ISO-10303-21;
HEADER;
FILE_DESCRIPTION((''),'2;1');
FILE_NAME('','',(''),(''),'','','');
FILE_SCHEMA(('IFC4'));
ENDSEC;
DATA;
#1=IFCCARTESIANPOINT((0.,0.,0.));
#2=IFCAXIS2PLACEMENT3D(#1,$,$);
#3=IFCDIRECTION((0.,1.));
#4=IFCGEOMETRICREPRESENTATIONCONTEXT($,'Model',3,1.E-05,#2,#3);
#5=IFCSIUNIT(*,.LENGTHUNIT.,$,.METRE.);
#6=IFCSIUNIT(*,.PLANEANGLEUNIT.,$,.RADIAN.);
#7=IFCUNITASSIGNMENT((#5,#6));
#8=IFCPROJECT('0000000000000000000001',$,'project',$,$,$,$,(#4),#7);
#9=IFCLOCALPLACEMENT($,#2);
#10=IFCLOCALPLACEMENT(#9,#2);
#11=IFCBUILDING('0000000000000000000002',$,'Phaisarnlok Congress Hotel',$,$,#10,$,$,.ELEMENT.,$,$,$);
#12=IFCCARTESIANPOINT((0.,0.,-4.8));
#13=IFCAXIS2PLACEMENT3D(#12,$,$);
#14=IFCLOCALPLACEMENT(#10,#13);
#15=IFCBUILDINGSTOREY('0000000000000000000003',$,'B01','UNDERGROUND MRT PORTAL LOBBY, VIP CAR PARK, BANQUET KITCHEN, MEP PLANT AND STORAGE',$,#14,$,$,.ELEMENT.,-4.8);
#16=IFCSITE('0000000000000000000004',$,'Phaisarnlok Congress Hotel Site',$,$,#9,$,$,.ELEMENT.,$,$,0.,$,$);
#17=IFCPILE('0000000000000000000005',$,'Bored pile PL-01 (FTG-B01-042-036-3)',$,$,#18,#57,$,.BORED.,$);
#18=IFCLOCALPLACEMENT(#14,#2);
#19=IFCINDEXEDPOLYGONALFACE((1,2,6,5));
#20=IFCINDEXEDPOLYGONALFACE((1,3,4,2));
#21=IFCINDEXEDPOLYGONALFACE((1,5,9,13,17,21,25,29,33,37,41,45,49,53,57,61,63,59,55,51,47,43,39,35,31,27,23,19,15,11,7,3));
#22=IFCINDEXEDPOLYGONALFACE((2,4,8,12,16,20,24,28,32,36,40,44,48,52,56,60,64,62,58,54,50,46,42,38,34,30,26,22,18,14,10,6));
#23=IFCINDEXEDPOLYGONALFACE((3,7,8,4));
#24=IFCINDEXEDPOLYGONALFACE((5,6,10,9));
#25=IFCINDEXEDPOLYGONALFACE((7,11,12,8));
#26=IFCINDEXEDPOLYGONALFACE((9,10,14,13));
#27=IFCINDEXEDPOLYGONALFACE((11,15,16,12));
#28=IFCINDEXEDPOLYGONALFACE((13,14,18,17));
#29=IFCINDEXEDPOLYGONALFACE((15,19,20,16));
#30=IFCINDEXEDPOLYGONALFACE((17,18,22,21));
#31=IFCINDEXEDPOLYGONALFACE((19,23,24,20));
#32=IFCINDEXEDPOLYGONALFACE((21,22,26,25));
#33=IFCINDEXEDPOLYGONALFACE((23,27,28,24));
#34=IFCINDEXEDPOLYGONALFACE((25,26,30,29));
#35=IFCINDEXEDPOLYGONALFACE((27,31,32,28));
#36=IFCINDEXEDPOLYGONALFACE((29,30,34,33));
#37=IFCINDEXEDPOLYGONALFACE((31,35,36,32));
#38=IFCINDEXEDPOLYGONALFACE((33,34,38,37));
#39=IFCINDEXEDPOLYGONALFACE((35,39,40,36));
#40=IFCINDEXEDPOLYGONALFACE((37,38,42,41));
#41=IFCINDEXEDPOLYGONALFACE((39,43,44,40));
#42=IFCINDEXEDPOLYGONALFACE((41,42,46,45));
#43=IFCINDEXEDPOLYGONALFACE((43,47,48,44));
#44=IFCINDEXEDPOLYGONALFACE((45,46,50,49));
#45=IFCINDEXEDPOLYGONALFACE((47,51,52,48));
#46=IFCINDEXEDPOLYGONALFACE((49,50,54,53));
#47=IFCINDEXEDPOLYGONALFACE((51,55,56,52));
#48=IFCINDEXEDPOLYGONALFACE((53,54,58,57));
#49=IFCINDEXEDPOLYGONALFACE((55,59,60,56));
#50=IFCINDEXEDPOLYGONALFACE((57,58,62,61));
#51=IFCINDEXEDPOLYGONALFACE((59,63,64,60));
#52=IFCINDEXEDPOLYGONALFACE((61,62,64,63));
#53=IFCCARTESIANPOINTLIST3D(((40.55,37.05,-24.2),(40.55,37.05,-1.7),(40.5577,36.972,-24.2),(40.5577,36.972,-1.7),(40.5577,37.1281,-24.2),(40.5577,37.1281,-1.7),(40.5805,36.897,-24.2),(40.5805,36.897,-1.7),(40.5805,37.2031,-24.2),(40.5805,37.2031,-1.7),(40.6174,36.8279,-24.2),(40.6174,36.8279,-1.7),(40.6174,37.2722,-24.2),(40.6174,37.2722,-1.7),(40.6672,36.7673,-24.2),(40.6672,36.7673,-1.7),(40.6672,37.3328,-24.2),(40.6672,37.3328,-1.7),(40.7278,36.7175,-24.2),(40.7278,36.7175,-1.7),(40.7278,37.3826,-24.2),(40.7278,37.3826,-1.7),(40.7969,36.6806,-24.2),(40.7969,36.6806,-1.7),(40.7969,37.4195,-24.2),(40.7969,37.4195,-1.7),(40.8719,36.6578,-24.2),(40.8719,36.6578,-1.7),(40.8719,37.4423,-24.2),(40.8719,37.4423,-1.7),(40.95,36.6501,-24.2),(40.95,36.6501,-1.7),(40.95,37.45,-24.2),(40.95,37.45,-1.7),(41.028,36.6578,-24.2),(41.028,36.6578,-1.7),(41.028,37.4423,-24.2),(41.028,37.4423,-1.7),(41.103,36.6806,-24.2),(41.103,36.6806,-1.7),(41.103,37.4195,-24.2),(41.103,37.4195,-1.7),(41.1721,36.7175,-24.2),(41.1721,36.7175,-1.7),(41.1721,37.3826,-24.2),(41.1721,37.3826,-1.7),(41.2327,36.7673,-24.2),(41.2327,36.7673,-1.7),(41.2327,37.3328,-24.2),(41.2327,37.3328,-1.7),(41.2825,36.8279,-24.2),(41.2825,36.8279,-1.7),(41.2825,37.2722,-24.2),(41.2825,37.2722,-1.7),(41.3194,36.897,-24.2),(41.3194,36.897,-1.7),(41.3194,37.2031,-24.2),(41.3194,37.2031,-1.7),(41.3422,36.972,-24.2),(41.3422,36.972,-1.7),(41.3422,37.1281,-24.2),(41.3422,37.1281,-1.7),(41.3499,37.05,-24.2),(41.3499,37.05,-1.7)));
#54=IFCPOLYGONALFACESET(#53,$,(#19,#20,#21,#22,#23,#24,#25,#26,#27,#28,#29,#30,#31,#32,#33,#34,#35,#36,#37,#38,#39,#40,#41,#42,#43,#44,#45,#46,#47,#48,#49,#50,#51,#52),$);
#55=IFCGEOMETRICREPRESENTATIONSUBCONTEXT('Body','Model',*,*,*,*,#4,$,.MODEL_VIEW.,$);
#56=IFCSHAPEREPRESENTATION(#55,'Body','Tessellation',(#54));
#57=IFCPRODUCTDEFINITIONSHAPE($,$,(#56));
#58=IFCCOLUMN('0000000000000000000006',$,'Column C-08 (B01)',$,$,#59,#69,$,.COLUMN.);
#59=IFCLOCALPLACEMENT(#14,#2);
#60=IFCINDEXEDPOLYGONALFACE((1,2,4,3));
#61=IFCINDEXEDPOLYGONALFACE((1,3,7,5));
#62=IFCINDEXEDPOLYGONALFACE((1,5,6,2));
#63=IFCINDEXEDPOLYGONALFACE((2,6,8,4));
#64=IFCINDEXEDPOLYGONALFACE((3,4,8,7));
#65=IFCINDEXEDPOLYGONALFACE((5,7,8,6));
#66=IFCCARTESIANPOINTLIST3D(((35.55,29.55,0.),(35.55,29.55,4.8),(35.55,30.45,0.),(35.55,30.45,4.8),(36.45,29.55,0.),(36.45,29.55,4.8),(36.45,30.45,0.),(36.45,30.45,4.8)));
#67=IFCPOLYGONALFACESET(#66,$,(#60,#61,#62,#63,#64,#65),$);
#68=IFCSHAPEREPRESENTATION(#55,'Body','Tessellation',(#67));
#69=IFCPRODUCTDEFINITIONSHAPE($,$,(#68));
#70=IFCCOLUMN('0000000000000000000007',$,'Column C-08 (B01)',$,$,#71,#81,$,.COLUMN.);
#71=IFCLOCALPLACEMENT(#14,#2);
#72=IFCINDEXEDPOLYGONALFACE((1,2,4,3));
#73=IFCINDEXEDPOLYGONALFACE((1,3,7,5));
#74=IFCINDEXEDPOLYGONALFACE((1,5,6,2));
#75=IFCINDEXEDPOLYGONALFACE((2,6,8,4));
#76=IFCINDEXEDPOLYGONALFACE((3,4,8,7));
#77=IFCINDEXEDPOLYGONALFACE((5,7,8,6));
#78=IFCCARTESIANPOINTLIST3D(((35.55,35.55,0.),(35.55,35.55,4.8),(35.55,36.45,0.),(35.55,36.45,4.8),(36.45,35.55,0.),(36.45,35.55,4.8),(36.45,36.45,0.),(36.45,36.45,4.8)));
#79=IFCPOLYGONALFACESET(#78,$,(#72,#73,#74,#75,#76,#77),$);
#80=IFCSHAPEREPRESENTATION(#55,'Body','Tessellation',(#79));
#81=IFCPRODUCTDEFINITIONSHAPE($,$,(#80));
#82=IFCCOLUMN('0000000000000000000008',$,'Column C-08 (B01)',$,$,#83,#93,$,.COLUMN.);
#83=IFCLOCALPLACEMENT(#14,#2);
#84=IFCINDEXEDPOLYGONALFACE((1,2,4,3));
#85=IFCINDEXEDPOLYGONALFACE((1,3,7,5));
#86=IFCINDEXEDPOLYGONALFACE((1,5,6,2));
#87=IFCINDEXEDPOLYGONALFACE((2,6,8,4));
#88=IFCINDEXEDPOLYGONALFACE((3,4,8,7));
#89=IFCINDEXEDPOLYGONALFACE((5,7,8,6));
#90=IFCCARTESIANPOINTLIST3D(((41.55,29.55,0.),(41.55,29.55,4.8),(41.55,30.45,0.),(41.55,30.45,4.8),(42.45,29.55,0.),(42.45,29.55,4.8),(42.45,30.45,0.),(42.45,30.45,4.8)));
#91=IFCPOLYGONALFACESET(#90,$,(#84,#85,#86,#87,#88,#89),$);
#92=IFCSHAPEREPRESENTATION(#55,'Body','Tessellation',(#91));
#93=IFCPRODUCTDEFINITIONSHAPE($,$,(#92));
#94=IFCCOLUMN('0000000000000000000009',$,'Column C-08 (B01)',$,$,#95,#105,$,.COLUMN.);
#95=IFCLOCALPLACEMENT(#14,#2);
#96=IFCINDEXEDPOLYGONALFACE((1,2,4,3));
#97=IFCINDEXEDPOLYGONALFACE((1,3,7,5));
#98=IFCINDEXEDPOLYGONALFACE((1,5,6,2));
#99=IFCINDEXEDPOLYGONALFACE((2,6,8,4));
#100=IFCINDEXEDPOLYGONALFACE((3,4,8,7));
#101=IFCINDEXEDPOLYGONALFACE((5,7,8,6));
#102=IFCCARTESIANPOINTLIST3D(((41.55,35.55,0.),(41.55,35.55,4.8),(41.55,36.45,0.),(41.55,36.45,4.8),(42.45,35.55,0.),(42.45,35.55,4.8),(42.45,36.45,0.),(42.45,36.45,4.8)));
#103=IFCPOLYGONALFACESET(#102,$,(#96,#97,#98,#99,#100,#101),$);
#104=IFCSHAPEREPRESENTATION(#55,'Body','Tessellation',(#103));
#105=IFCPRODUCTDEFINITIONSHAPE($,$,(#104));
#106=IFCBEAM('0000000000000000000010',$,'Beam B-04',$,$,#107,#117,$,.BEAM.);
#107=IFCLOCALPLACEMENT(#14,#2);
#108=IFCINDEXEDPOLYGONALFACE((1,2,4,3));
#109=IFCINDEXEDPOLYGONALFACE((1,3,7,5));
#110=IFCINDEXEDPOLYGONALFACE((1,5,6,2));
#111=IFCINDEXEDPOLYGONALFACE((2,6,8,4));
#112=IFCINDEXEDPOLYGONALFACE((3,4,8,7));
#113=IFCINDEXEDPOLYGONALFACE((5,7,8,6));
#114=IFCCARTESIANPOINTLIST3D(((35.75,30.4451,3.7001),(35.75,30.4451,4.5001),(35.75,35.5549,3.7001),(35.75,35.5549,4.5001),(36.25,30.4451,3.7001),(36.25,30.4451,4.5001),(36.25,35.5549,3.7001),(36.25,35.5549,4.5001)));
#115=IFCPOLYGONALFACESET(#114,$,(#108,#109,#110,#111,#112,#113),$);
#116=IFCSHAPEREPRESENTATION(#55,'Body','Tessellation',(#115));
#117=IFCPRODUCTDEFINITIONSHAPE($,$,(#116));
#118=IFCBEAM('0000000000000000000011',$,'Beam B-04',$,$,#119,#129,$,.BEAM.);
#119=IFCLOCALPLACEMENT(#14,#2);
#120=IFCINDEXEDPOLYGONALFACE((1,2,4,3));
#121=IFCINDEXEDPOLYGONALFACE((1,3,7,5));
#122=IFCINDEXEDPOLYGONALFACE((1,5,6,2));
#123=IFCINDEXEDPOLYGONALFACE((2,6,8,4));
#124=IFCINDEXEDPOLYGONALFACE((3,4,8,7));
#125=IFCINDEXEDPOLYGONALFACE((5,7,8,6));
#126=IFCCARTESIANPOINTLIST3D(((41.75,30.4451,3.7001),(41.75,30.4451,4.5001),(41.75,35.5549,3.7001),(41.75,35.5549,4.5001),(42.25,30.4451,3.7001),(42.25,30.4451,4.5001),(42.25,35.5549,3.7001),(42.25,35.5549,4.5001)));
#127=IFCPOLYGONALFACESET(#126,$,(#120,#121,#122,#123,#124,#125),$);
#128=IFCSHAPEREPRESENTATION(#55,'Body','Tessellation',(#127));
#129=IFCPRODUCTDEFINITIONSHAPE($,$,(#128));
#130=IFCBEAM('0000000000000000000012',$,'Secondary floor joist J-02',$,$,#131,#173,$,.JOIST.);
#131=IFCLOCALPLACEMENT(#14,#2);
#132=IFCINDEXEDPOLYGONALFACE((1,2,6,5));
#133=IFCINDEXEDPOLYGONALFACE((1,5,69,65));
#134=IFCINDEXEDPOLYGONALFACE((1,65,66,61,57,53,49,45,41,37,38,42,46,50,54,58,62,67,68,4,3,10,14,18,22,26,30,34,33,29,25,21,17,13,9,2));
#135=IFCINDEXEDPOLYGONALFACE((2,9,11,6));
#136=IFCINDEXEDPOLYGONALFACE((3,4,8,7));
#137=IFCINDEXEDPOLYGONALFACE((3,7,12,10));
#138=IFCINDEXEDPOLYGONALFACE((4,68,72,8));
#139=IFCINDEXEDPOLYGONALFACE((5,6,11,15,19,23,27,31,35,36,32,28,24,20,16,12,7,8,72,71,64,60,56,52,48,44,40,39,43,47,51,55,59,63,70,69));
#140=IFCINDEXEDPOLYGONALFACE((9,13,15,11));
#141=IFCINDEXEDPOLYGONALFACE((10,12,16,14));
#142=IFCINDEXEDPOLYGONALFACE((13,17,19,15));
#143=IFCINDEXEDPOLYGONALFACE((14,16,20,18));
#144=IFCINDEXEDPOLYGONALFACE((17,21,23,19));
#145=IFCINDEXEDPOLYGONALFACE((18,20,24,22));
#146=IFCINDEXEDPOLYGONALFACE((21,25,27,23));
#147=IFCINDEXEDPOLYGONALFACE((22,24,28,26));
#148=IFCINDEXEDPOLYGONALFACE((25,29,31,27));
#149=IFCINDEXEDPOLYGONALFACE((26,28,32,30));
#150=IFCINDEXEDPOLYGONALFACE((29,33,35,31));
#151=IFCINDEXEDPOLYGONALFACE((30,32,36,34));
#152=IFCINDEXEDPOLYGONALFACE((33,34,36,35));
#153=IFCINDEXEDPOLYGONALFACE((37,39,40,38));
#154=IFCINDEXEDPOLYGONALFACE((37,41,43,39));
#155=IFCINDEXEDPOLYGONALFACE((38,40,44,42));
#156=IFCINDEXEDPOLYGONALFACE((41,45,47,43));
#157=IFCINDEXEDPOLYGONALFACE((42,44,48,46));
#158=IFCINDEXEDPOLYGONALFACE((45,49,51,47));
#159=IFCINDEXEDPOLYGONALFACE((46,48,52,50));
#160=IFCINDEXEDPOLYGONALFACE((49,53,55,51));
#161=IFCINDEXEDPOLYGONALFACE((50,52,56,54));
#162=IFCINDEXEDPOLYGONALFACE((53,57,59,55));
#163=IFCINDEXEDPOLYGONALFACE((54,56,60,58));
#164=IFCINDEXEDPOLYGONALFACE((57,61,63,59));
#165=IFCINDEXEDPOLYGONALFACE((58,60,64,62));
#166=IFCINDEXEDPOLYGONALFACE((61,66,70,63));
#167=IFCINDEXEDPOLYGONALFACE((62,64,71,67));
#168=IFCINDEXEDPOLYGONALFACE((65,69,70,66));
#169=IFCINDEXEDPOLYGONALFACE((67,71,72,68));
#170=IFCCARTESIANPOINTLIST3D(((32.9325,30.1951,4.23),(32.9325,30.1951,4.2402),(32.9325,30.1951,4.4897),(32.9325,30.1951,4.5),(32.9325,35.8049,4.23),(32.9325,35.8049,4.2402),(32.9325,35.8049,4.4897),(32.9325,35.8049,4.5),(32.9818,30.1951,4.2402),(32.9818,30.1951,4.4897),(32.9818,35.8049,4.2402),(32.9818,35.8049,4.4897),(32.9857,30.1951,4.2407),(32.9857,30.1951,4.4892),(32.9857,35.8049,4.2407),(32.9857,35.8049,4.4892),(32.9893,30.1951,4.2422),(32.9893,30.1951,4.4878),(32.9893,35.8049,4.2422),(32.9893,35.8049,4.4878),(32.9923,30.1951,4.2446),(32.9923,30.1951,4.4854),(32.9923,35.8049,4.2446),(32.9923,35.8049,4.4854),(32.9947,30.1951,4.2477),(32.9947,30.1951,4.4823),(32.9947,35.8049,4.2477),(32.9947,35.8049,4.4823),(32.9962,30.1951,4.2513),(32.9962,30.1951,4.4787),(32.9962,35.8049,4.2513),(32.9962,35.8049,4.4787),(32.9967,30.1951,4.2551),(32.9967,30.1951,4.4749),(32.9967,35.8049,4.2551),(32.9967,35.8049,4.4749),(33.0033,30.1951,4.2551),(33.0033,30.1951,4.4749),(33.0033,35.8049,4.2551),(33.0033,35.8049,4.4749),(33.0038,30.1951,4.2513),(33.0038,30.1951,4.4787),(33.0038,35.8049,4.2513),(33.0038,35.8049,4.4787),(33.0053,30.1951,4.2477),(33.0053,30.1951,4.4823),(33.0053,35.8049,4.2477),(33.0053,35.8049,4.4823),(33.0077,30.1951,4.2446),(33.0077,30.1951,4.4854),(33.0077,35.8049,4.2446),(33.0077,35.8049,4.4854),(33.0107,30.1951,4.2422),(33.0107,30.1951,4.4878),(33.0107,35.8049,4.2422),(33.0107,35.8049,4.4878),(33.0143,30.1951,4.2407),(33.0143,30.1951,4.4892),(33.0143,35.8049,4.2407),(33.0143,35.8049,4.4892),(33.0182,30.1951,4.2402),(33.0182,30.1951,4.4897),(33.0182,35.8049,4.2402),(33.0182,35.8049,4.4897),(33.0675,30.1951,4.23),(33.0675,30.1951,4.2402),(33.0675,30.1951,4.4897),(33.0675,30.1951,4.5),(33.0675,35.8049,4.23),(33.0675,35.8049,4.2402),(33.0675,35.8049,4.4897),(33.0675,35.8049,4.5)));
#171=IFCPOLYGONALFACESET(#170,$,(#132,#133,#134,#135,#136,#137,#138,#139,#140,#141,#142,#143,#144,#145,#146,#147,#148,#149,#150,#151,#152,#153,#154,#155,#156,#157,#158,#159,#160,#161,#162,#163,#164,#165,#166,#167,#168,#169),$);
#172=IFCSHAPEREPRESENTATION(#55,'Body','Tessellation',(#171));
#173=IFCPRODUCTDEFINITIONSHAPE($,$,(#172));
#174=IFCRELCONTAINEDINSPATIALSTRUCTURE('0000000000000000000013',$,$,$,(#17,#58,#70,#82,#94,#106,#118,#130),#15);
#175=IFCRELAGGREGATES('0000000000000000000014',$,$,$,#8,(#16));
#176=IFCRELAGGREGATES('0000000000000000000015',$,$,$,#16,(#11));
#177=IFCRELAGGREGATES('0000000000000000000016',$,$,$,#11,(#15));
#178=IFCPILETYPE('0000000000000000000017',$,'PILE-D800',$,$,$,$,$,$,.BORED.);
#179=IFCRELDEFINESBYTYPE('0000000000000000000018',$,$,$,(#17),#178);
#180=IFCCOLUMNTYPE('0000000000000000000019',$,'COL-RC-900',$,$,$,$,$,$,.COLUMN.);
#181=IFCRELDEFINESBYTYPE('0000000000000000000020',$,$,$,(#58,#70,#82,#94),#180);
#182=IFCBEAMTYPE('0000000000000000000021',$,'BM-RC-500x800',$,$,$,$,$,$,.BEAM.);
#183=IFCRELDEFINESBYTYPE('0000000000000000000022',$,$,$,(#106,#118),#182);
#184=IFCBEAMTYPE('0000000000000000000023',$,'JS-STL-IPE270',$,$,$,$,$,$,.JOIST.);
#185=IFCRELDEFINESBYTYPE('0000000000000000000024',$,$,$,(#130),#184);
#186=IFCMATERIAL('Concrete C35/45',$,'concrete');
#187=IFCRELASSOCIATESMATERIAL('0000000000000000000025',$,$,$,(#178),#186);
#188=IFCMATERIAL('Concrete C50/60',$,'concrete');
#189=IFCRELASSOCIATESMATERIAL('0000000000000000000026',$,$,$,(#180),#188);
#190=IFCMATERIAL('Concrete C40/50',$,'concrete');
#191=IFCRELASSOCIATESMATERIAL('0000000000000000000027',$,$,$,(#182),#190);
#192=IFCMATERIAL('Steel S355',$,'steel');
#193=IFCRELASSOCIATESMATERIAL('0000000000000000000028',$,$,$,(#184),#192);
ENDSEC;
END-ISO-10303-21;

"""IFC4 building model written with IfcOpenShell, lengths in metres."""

from ifc_helpers import new_model, si_unit, direction, frame, origin, origin_2d, place, context, subcontext, project, spatial, rectangle, circle, i_section, extrude, material, material_profile, profile_set, type_object, element, save


model = new_model("IFC4")

# Units and contexts
model_context = context("Model", 3, precision=1e-05, world=origin(), true_north=direction((0.0, 1.0)))
body_context = subcontext(model_context, "Body", "Model", "MODEL_VIEW")
ifc_project = project(units=[si_unit("LENGTHUNIT", "METRE"), si_unit("PLANEANGLEUNIT", "RADIAN")], contexts=[model_context])

# Site, building, storey
site_placement = place(None, origin())
site = spatial("IfcSite", under=ifc_project, at=site_placement, Name="Phaisarnlok Congress Hotel Site", CompositionType="ELEMENT", RefElevation=0.0)
building_placement = place(site_placement, origin())
building = spatial("IfcBuilding", under=site, at=building_placement, Name="Phaisarnlok Congress Hotel", CompositionType="ELEMENT")
storey_placement = place(building_placement, frame((0.0, 0.0, -4.8)))
storey = spatial("IfcBuildingStorey", under=building, at=storey_placement, Name="B01", Description="UNDERGROUND MRT PORTAL LOBBY, VIP CAR PARK, BANQUET KITCHEN, MEP PLANT AND STORAGE", CompositionType="ELEMENT", Elevation=-4.8)

# Shared definitions
ifc_material_1 = material(Name="Concrete C40/50", Category="concrete")

# Pile
ifc_material_2 = material(Name="Concrete C35/45", Category="concrete")
ifc_material_profile_1 = material_profile(ifc_material_2, circle(Radius=0.3999, at=origin_2d()), Name="BORED PILE D800")
ifc_profile_set_1 = profile_set([ifc_material_profile_1], Name="Concrete C35/45")
pile_type_1 = type_object("IfcPileType", Name="PILE-D800", PredefinedType="BORED", material=ifc_profile_set_1)
for number, where, z_axis, x_axis, name in (
    (1, (40.95, 37.05, -1.7), (0.0, 0.0, -1.0), (1.0, 0.0, 0.0), "Bored pile PL-01 (FTG-B01-042-036-3)"),
):
    element("IfcPile", number, at=place(storey_placement, frame(where, z_axis=z_axis, x_axis=x_axis)), inside=storey, type_object=pile_type_1, Name=name, PredefinedType="BORED", context=body_context, shape_type="SweptSolid", body=[
        extrude(circle(Radius=0.3999, at=origin_2d()), origin(), (0.0, 0.0, 1.0), 22.5),
    ])

# Columns
ifc_material_3 = material(Name="Concrete C50/60", Category="concrete")
ifc_material_profile_2 = material_profile(ifc_material_3, rectangle(XDim=0.8999, YDim=0.8999, at=origin_2d()), Name="RC 900x900")
ifc_profile_set_2 = profile_set([ifc_material_profile_2], Name="Concrete C50/60")
column_type = type_object("IfcColumnType", Name="COL-RC-900", PredefinedType="COLUMN", material=ifc_profile_set_2)
for number, where, z_axis, x_axis, name in (
    (2, (36.0, 30.0, 0.0), (0.0, 0.0, 1.0), (1.0, 0.0, 0.0), "Column C-08 (B01)"),
    (3, (36.0, 36.0, 0.0), (0.0, 0.0, 1.0), (1.0, 0.0, 0.0), "Column C-08 (B01)"),
    (4, (42.0, 30.0, 0.0), (0.0, 0.0, 1.0), (1.0, 0.0, 0.0), "Column C-08 (B01)"),
    (5, (42.0, 36.0, 0.0), (0.0, 0.0, 1.0), (1.0, 0.0, 0.0), "Column C-08 (B01)"),
):
    element("IfcColumn", number, at=place(storey_placement, frame(where, z_axis=z_axis, x_axis=x_axis)), inside=storey, type_object=column_type, Name=name, PredefinedType="COLUMN", context=body_context, shape_type="SweptSolid", body=[
        extrude(rectangle(XDim=0.8999, YDim=0.8999, at=origin_2d()), origin(), (0.0, 0.0, 1.0), 4.8),
    ])

# Beams
ifc_material_profile_3 = material_profile(ifc_material_1, rectangle(XDim=0.5, YDim=0.8, at=origin_2d()), Name="RC 500x800")
ifc_profile_set_3 = profile_set([ifc_material_profile_3], Name="Concrete C40/50")
beam_type_1 = type_object("IfcBeamType", Name="BM-RC-500x800", PredefinedType="BEAM", material=ifc_profile_set_3)
for number, where, z_axis, x_axis, name in (
    (6, (36.0, 30.4451, 4.1001), (0.0, 1.0, 0.0), (-1.0, 0.0, 0.0), "Beam B-04"),
    (7, (42.0, 30.4451, 4.1001), (0.0, 1.0, 0.0), (-1.0, 0.0, 0.0), "Beam B-04"),
):
    element("IfcBeam", number, at=place(storey_placement, frame(where, z_axis=z_axis, x_axis=x_axis)), inside=storey, type_object=beam_type_1, Name=name, PredefinedType="BEAM", context=body_context, shape_type="SweptSolid", body=[
        extrude(rectangle(XDim=0.5, YDim=0.8, at=origin_2d()), origin(), (0.0, 0.0, 1.0), 5.1099),
    ])
ifc_material_4 = material(Name="Steel S355", Category="steel")
ifc_material_profile_4 = material_profile(ifc_material_4, i_section(OverallWidth=0.135, OverallDepth=0.27, WebThickness=0.0066, FlangeThickness=0.0103, FilletRadius=0.0149, at=origin_2d()), Name="IPE 270")
ifc_profile_set_4 = profile_set([ifc_material_profile_4], Name="Steel S355")
beam_type_2 = type_object("IfcBeamType", Name="JS-STL-IPE270", PredefinedType="JOIST", material=ifc_profile_set_4)
for number, where, z_axis, x_axis, name in (
    (8, (33.0, 30.1951, 4.365), (0.0, 1.0, 0.0), (-1.0, 0.0, 0.0), "Secondary floor joist J-02"),
):
    element("IfcBeam", number, at=place(storey_placement, frame(where, z_axis=z_axis, x_axis=x_axis)), inside=storey, type_object=beam_type_2, Name=name, PredefinedType="JOIST", context=body_context, shape_type="SweptSolid", body=[
        extrude(i_section(OverallWidth=0.135, OverallDepth=0.27, WebThickness=0.0066, FlangeThickness=0.0103, FilletRadius=0.0149, at=origin_2d()), origin(), (0.0, 0.0, 1.0), 5.6099),
    ])

save(model, "model.ifc")
